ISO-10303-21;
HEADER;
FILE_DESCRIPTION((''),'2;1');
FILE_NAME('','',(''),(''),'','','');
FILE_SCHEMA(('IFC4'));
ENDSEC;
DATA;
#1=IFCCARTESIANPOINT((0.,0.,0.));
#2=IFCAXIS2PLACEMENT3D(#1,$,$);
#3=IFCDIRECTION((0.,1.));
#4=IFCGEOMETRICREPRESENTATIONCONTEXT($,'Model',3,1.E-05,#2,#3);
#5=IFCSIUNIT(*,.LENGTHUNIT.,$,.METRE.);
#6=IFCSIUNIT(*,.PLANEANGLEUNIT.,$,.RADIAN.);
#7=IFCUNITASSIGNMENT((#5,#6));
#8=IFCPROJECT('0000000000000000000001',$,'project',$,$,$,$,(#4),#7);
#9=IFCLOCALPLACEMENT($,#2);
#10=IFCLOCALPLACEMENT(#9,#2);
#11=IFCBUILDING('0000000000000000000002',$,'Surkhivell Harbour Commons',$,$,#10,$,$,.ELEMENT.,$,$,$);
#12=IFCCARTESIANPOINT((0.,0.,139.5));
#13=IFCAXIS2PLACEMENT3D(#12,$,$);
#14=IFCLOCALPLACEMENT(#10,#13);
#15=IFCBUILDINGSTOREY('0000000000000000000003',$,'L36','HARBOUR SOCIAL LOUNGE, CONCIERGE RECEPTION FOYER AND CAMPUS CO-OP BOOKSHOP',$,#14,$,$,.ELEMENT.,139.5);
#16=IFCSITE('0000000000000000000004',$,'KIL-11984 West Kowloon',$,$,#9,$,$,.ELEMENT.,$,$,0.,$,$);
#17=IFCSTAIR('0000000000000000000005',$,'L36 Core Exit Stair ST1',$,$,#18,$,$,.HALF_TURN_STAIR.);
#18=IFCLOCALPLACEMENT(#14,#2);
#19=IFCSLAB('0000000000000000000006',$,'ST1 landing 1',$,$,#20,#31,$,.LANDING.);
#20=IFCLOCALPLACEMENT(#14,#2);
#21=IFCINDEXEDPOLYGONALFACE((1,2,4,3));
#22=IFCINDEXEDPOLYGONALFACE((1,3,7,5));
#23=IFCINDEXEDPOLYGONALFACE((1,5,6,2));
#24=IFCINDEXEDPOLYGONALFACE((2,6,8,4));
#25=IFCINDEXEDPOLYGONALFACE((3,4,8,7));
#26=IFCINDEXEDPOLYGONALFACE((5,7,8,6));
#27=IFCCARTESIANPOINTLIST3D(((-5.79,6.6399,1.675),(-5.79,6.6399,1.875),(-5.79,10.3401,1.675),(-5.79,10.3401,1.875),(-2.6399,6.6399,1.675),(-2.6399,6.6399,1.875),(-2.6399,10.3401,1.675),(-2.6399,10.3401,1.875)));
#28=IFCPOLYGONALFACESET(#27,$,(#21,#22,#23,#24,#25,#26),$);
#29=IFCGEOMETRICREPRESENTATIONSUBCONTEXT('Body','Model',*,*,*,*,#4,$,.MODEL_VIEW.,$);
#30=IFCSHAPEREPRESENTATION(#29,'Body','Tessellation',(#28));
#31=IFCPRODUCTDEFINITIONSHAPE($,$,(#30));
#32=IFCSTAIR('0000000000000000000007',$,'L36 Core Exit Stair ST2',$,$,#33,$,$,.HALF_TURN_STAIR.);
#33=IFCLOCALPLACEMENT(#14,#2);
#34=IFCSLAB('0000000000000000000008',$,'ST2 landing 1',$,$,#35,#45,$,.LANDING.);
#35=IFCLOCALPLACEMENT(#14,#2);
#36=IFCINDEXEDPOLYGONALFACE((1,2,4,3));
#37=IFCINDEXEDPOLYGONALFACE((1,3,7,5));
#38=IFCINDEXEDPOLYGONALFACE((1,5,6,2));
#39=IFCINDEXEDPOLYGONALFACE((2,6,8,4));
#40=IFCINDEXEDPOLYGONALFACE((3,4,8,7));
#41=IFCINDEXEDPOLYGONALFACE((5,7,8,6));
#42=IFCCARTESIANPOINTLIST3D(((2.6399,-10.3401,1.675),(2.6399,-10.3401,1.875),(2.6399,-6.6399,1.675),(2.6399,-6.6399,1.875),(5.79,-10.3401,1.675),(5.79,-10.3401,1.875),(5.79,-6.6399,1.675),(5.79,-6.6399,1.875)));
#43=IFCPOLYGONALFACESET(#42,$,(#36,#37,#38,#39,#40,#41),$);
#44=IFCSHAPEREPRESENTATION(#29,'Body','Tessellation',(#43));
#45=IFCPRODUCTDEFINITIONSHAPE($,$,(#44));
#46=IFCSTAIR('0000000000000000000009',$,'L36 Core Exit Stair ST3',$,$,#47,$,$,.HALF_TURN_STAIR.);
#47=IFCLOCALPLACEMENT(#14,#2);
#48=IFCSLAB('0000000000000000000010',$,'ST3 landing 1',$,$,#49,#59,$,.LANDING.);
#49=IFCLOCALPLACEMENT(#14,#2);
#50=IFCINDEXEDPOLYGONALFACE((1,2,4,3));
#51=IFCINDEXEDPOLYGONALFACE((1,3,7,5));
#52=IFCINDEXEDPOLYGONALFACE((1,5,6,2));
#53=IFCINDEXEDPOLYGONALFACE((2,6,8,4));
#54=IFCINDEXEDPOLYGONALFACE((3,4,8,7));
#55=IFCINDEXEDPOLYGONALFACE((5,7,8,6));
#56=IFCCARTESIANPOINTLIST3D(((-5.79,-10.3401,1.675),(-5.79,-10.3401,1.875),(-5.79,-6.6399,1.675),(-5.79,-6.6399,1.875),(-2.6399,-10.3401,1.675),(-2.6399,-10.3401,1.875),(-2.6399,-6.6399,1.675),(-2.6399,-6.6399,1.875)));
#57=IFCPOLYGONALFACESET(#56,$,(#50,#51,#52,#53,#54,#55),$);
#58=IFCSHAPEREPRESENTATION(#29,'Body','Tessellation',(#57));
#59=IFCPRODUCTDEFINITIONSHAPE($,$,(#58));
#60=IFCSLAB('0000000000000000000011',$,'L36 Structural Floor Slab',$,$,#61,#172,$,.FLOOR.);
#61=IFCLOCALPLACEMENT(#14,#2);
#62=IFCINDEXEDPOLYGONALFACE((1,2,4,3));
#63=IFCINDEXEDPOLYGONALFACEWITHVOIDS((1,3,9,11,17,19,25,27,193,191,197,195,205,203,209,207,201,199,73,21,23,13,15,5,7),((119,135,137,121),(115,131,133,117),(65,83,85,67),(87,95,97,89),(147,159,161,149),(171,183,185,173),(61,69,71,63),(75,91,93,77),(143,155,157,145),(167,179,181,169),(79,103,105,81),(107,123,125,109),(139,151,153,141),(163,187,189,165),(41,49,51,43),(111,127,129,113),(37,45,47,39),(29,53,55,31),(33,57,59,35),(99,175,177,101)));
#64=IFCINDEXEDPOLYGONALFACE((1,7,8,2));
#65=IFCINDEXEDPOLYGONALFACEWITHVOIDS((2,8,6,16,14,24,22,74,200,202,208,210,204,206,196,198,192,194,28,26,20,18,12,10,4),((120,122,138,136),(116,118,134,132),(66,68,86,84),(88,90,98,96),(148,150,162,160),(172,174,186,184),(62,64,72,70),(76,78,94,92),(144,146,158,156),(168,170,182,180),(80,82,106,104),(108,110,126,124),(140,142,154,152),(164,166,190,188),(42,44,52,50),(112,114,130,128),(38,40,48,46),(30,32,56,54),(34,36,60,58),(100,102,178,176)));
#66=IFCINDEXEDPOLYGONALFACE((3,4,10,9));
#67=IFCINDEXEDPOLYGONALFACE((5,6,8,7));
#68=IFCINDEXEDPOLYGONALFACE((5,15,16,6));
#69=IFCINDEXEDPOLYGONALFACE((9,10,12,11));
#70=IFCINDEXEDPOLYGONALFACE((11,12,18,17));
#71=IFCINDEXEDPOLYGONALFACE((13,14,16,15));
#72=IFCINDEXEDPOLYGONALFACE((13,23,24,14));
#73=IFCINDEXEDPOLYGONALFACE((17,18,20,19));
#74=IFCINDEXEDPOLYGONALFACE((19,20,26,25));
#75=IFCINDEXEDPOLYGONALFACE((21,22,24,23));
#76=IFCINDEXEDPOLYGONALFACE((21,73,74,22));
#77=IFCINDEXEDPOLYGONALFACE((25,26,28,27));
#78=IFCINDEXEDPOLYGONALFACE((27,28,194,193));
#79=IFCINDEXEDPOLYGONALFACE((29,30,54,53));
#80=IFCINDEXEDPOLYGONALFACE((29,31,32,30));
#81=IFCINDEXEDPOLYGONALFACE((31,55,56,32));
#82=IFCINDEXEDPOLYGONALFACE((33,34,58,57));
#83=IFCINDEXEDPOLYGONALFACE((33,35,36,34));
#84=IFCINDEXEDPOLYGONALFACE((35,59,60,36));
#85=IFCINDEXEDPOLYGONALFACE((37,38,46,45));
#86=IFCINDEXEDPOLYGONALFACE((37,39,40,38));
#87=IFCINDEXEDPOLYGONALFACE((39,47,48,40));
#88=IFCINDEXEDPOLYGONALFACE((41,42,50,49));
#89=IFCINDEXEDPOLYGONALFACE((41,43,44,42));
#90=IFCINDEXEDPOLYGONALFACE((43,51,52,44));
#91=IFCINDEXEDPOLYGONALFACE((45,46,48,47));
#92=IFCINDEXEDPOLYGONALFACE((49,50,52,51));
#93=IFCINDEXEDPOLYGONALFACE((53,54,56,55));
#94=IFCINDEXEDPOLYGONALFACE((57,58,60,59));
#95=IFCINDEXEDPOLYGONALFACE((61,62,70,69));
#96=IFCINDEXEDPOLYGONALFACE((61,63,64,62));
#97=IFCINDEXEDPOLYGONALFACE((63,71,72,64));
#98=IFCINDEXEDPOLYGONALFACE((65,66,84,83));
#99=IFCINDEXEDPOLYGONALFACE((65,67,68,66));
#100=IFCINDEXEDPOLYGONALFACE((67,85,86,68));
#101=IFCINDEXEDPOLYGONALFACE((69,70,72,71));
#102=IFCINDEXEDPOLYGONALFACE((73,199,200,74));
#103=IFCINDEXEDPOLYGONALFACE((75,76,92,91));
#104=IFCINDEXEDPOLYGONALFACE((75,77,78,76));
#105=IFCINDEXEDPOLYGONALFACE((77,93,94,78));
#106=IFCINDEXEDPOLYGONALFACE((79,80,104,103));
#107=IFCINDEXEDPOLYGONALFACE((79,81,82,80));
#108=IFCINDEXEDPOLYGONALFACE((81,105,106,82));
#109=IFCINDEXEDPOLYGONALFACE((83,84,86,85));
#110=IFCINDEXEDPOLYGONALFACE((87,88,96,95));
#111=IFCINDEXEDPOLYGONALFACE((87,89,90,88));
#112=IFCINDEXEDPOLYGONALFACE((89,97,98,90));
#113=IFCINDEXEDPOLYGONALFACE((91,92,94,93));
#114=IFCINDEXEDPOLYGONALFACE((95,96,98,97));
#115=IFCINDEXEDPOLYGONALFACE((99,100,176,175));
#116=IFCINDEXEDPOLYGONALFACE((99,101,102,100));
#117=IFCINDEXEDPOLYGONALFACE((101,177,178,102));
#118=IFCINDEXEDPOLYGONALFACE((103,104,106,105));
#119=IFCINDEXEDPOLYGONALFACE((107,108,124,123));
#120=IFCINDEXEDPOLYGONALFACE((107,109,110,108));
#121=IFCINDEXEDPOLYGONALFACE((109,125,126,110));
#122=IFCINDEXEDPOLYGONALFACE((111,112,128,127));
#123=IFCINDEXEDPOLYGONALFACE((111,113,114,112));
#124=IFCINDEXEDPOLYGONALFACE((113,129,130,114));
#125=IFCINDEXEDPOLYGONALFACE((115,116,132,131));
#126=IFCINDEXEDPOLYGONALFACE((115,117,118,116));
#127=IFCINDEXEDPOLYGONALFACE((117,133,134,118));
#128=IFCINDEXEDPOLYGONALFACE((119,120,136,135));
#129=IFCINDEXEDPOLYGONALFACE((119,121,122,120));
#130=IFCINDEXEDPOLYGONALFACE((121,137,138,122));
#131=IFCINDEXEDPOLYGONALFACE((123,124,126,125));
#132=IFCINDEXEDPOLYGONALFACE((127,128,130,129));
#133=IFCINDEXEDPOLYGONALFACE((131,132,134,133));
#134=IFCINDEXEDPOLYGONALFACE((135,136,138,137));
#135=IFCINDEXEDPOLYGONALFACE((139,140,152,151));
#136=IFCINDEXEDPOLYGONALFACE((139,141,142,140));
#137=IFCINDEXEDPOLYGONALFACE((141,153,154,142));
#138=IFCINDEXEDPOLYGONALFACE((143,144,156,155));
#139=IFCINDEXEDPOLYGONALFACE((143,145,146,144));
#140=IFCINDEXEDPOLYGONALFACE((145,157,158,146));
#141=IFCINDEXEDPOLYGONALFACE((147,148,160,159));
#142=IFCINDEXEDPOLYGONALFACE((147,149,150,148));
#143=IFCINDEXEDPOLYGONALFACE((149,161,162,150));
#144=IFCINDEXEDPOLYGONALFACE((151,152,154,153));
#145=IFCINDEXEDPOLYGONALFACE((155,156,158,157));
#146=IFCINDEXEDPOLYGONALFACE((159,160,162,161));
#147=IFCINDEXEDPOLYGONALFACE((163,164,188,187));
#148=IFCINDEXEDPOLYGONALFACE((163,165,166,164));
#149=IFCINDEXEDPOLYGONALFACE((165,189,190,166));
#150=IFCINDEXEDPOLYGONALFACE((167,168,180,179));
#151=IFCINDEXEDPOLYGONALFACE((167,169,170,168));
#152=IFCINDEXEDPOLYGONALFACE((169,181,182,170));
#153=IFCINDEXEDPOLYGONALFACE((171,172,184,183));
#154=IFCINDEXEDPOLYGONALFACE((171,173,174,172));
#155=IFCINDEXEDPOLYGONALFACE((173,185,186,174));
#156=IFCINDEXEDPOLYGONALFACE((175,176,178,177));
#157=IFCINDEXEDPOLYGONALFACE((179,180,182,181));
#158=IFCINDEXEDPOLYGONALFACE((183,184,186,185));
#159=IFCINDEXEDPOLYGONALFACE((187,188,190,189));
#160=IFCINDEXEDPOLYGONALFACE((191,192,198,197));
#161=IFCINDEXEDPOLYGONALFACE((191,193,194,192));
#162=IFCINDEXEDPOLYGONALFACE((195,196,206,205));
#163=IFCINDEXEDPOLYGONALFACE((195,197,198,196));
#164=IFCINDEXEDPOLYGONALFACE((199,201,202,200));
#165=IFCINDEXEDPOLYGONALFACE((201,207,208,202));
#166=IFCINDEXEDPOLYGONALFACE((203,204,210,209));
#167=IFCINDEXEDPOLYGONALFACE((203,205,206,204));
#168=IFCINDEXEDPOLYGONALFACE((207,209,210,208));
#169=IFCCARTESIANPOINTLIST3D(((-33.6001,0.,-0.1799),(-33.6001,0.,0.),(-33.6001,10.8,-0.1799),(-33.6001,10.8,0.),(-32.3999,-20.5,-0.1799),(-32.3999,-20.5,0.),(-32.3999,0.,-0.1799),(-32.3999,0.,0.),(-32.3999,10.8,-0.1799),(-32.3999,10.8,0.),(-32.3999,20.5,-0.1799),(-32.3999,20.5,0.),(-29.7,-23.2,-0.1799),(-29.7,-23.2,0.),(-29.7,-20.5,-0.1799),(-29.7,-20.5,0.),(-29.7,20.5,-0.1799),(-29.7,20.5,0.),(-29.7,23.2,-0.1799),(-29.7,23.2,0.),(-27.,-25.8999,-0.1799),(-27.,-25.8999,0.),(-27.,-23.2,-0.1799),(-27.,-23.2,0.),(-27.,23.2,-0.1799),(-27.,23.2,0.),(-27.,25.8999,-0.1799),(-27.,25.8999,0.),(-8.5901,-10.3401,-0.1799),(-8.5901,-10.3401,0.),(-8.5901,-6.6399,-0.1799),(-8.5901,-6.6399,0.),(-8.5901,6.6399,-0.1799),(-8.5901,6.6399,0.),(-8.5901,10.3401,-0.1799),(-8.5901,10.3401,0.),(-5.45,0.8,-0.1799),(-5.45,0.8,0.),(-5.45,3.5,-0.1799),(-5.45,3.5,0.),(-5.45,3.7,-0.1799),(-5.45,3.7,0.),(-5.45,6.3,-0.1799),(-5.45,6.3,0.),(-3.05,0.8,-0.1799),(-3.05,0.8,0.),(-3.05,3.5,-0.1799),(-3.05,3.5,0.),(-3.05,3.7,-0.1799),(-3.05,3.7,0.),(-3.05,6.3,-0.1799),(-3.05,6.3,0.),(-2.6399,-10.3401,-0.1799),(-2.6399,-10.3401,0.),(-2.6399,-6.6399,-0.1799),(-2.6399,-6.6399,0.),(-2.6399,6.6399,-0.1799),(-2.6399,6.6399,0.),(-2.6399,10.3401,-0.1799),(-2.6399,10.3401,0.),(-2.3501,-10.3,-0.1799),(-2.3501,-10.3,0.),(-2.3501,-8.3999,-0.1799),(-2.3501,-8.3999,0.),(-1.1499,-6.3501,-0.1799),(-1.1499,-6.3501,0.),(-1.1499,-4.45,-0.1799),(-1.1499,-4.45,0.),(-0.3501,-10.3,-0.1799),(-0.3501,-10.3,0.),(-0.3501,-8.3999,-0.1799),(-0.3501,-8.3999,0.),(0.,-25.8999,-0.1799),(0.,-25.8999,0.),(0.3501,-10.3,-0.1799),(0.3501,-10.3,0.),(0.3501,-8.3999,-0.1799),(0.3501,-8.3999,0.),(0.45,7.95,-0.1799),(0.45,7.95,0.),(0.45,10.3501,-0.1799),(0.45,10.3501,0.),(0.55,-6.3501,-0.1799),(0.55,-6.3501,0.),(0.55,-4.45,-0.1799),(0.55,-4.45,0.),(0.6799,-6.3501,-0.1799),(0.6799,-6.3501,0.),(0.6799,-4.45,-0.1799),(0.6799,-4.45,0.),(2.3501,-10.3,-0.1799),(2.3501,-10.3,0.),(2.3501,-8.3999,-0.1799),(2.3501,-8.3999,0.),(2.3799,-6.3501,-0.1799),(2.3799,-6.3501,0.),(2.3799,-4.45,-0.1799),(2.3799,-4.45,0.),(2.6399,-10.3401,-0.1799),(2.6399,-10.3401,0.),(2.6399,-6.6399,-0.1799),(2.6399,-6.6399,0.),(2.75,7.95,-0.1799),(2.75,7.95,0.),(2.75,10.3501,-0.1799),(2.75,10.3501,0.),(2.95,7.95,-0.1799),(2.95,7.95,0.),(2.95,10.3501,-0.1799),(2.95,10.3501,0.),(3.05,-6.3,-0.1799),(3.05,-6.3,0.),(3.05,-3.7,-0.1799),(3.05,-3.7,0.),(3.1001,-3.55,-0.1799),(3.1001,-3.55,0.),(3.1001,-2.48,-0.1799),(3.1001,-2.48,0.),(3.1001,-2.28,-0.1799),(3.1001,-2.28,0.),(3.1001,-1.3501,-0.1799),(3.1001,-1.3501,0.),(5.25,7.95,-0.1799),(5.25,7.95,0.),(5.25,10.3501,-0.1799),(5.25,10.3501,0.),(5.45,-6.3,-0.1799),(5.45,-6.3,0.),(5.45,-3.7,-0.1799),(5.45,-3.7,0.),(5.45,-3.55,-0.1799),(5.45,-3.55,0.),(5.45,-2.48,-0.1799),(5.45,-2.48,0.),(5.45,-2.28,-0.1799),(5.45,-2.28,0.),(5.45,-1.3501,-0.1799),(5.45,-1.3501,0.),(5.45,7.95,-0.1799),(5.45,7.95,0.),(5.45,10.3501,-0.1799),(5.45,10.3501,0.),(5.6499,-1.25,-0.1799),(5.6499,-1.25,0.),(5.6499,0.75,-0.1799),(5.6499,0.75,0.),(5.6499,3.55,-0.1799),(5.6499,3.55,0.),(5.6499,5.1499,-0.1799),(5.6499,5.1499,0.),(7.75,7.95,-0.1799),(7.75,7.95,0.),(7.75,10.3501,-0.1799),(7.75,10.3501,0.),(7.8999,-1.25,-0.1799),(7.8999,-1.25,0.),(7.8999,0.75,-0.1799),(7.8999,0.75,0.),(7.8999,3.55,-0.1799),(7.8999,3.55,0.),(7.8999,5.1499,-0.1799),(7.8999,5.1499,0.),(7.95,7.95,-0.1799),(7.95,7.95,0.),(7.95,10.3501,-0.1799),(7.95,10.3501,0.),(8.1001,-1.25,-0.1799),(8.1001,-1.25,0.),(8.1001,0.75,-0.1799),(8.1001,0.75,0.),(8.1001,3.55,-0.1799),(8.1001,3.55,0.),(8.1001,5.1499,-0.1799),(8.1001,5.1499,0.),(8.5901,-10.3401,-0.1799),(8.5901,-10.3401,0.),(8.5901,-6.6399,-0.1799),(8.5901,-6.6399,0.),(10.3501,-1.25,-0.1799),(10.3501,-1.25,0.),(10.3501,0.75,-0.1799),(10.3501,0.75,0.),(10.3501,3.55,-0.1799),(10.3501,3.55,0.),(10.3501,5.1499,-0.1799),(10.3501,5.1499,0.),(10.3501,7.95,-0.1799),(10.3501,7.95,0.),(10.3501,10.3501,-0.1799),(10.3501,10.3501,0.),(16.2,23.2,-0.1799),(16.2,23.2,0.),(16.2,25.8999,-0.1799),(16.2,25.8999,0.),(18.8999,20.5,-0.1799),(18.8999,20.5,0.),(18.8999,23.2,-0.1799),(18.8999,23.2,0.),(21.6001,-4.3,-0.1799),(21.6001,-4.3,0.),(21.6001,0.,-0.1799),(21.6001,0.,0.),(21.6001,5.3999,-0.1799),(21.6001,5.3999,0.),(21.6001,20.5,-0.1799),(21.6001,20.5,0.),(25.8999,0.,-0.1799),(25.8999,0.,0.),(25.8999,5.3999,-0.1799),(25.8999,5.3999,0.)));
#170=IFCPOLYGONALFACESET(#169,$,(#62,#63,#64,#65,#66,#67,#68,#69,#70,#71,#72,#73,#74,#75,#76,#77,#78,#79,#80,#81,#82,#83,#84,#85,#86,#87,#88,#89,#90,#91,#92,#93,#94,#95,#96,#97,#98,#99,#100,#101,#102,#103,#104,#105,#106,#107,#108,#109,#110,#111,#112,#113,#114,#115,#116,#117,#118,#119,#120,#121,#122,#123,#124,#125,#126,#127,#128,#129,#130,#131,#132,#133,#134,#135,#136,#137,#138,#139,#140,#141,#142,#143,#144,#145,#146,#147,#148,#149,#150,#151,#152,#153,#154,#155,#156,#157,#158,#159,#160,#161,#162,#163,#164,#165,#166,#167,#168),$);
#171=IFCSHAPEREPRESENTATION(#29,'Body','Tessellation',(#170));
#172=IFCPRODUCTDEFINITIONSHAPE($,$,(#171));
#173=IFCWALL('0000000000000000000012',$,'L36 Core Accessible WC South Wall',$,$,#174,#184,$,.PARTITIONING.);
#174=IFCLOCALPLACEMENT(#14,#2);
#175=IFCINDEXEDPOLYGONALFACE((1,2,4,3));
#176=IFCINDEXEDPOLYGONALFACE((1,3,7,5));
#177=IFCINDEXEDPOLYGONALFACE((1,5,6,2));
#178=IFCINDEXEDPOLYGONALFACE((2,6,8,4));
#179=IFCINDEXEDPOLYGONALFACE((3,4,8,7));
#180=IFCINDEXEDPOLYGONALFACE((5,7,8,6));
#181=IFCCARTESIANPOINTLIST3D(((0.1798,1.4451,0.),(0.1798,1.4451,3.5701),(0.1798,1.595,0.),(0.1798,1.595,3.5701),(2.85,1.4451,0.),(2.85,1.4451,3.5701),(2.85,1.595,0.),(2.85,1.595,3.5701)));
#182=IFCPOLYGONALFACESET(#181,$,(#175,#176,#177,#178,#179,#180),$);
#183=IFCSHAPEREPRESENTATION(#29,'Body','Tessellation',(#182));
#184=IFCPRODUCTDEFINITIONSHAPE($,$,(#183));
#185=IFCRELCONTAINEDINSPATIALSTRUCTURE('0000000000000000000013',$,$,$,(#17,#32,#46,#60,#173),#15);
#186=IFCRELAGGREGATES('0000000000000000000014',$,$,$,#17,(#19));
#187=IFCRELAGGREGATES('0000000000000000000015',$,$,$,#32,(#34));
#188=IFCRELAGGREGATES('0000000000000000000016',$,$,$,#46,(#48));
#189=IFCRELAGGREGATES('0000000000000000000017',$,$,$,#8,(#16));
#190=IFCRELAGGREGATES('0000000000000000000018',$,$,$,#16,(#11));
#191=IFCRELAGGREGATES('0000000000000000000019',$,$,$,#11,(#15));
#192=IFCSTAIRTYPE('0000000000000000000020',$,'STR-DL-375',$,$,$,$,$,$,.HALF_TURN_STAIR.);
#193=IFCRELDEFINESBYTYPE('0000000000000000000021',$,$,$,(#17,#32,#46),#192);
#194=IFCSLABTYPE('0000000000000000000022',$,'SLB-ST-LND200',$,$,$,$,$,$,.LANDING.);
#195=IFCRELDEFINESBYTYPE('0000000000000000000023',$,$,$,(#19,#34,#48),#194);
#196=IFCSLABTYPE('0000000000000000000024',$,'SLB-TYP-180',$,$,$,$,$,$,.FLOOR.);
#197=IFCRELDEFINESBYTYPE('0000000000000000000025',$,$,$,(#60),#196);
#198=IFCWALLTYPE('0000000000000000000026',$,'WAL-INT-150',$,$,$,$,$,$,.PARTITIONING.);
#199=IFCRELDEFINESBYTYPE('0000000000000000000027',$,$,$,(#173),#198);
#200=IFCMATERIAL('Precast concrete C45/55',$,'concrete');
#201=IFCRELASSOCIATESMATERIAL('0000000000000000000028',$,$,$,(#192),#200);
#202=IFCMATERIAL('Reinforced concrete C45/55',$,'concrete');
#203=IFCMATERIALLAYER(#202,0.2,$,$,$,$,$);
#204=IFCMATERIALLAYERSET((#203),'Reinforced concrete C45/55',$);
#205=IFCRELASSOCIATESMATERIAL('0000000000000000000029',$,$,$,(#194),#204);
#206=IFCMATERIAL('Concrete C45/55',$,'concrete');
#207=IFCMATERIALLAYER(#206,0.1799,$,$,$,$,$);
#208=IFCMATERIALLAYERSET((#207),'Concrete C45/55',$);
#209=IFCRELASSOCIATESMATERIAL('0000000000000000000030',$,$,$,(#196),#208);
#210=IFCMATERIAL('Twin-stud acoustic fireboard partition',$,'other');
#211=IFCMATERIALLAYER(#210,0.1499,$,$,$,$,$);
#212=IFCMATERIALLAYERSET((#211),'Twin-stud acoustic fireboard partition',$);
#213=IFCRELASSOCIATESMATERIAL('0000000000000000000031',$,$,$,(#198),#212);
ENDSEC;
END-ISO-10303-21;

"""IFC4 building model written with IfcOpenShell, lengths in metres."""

from ifc_helpers import new_model, si_unit, direction, frame, frame_2d, origin, place, context, subcontext, project, spatial, polyline, rectangle, outline, extrude, material, layer, layer_set, type_object, element, aggregate, save


model = new_model("IFC4")

# Units and contexts
model_context = context("Model", 3, precision=1e-05, world=origin(), true_north=direction((0.0, 1.0)))
body_context = subcontext(model_context, "Body", "Model", "MODEL_VIEW")
ifc_project = project(units=[si_unit("LENGTHUNIT", "METRE"), si_unit("PLANEANGLEUNIT", "RADIAN")], contexts=[model_context])

# Site, building, storey
site_placement = place(None, origin())
site = spatial("IfcSite", under=ifc_project, at=site_placement, Name="KIL-11984 West Kowloon", CompositionType="ELEMENT", RefElevation=0.0)
building_placement = place(site_placement, origin())
building = spatial("IfcBuilding", under=site, at=building_placement, Name="Surkhivell Harbour Commons", CompositionType="ELEMENT")
storey_placement = place(building_placement, frame((0.0, 0.0, 139.5)))
storey = spatial("IfcBuildingStorey", under=building, at=storey_placement, Name="L36", Description="HARBOUR SOCIAL LOUNGE, CONCIERGE RECEPTION FOYER AND CAMPUS CO-OP BOOKSHOP", CompositionType="ELEMENT", Elevation=139.5)

# Stairs, slabs
ifc_material_1 = material(Name="Precast concrete C45/55", Category="concrete")
stair_type = type_object("IfcStairType", Name="STR-DL-375", PredefinedType="HALF_TURN_STAIR", material=ifc_material_1)
stair_1_placement = place(storey_placement, origin())
stair_1 = element("IfcStair", 1, at=stair_1_placement, inside=storey, type_object=stair_type, Name="L36 Core Exit Stair ST1", PredefinedType="HALF_TURN_STAIR")
ifc_material_2 = material(Name="Reinforced concrete C45/55", Category="concrete")
ifc_layer_1 = layer(ifc_material_2, 0.2)
ifc_layer_set_1 = layer_set([ifc_layer_1], Name="Reinforced concrete C45/55")
slab_type_1 = type_object("IfcSlabType", Name="SLB-ST-LND200", PredefinedType="LANDING", material=ifc_layer_set_1)
slab_1_placement = place(storey_placement, frame((0.0, 0.0, 1.675)))
slab_1 = element("IfcSlab", 2, at=slab_1_placement, type_object=slab_type_1, Name="ST1 landing 1", PredefinedType="LANDING", context=body_context, shape_type="SweptSolid", body=[
    extrude(outline(polyline([(-5.79, 6.6399), (-2.6399, 6.6399), (-2.6399, 10.3401), (-5.79, 10.3401), (-5.79, 6.6399)])), origin(), (0.0, 0.0, 1.0), 0.2),
])
aggregate(stair_1, [slab_1])
stair_2_placement = place(storey_placement, origin())
stair_2 = element("IfcStair", 3, at=stair_2_placement, inside=storey, type_object=stair_type, Name="L36 Core Exit Stair ST2", PredefinedType="HALF_TURN_STAIR")
slab_2_placement = place(storey_placement, frame((0.0, 0.0, 1.675)))
slab_2 = element("IfcSlab", 4, at=slab_2_placement, type_object=slab_type_1, Name="ST2 landing 1", PredefinedType="LANDING", context=body_context, shape_type="SweptSolid", body=[
    extrude(outline(polyline([(5.79, -6.6399), (2.6399, -6.6399), (2.6399, -10.3401), (5.79, -10.3401), (5.79, -6.6399)])), origin(), (0.0, 0.0, 1.0), 0.2),
])
aggregate(stair_2, [slab_2])
stair_3_placement = place(storey_placement, origin())
stair_3 = element("IfcStair", 5, at=stair_3_placement, inside=storey, type_object=stair_type, Name="L36 Core Exit Stair ST3", PredefinedType="HALF_TURN_STAIR")
slab_3_placement = place(storey_placement, frame((0.0, 0.0, 1.675)))
slab_3 = element("IfcSlab", 6, at=slab_3_placement, type_object=slab_type_1, Name="ST3 landing 1", PredefinedType="LANDING", context=body_context, shape_type="SweptSolid", body=[
    extrude(outline(polyline([(-5.79, -10.3401), (-2.6399, -10.3401), (-2.6399, -6.6399), (-5.79, -6.6399), (-5.79, -10.3401)])), origin(), (0.0, 0.0, 1.0), 0.2),
])
aggregate(stair_3, [slab_3])

# Slab
ifc_material_3 = material(Name="Concrete C45/55", Category="concrete")
ifc_layer_2 = layer(ifc_material_3, 0.1799)
ifc_layer_set_2 = layer_set([ifc_layer_2], Name="Concrete C45/55")
slab_type_2 = type_object("IfcSlabType", Name="SLB-TYP-180", PredefinedType="FLOOR", material=ifc_layer_set_2)
slab_4_placement = place(storey_placement, frame((0.0, 0.0, -0.1799)))
element("IfcSlab", 7, at=slab_4_placement, inside=storey, type_object=slab_type_2, Name="L36 Structural Floor Slab", PredefinedType="FLOOR", context=body_context, shape_type="SweptSolid", body=[
    extrude(outline(polyline([(-32.3999, 20.5), (-32.3999, 10.8), (-33.6001, 10.8), (-33.6001, 0.0), (-32.3999, 0.0), (-32.3999, -20.5), (-29.7, -20.5), (-29.7, -23.2), (-27.0, -23.2), (-27.0, -25.8999), (0.0, -25.8999), (21.6001, -4.3), (21.6001, 0.0), (25.8999, 0.0), (25.8999, 5.3999), (21.6001, 5.3999), (21.6001, 20.5), (18.8999, 20.5), (18.8999, 23.2), (16.2, 23.2), (16.2, 25.8999), (-27.0, 25.8999), (-27.0, 23.2), (-29.7, 23.2), (-29.7, 20.5), (-32.3999, 20.5)]), holes=[polyline([(-8.5901, 6.6399), (-2.6399, 6.6399), (-2.6399, 10.3401), (-8.5901, 10.3401), (-8.5901, 6.6399)]), polyline([(8.5901, -6.6399), (2.6399, -6.6399), (2.6399, -10.3401), (8.5901, -10.3401), (8.5901, -6.6399)]), polyline([(-8.5901, -10.3401), (-2.6399, -10.3401), (-2.6399, -6.6399), (-8.5901, -6.6399), (-8.5901, -10.3401)]), polyline([(0.45, 7.95), (2.75, 7.95), (2.75, 10.3501), (0.45, 10.3501), (0.45, 7.95)]), polyline([(2.95, 7.95), (5.25, 7.95), (5.25, 10.3501), (2.95, 10.3501), (2.95, 7.95)]), polyline([(5.45, 7.95), (7.75, 7.95), (7.75, 10.3501), (5.45, 10.3501), (5.45, 7.95)]), polyline([(7.95, 7.95), (10.3501, 7.95), (10.3501, 10.3501), (7.95, 10.3501), (7.95, 7.95)]), polyline([(5.6499, 3.55), (7.8999, 3.55), (7.8999, 5.1499), (5.6499, 5.1499), (5.6499, 3.55)]), polyline([(8.1001, 3.55), (10.3501, 3.55), (10.3501, 5.1499), (8.1001, 5.1499), (8.1001, 3.55)]), polyline([(5.6499, -1.25), (7.8999, -1.25), (7.8999, 0.75), (5.6499, 0.75), (5.6499, -1.25)]), polyline([(8.1001, -1.25), (10.3501, -1.25), (10.3501, 0.75), (8.1001, 0.75), (8.1001, -1.25)]), polyline([(-1.1499, -6.3501), (0.55, -6.3501), (0.55, -4.45), (-1.1499, -4.45), (-1.1499, -6.3501)]), polyline([(0.6799, -6.3501), (2.3799, -6.3501), (2.3799, -4.45), (0.6799, -4.45), (0.6799, -6.3501)]), polyline([(-2.3501, -10.3), (-0.3501, -10.3), (-0.3501, -8.3999), (-2.3501, -8.3999), (-2.3501, -10.3)]), polyline([(0.3501, -10.3), (2.3501, -10.3), (2.3501, -8.3999), (0.3501, -8.3999), (0.3501, -10.3)]), polyline([(-5.45, 3.7), (-3.05, 3.7), (-3.05, 6.3), (-5.45, 6.3), (-5.45, 3.7)]), polyline([(3.05, -6.3), (5.45, -6.3), (5.45, -3.7), (3.05, -3.7), (3.05, -6.3)]), polyline([(-5.45, 0.8), (-3.05, 0.8), (-3.05, 3.5), (-5.45, 3.5), (-5.45, 0.8)]), polyline([(3.1001, -3.55), (5.45, -3.55), (5.45, -2.48), (3.1001, -2.48), (3.1001, -3.55)]), polyline([(3.1001, -2.28), (5.45, -2.28), (5.45, -1.3501), (3.1001, -1.3501), (3.1001, -2.28)])]), origin(), (0.0, 0.0, 1.0), 0.1799),
])

# Wall
ifc_material_4 = material(Name="Twin-stud acoustic fireboard partition", Category="other")
ifc_layer_3 = layer(ifc_material_4, 0.1499)
ifc_layer_set_3 = layer_set([ifc_layer_3], Name="Twin-stud acoustic fireboard partition")
wall_type_1 = type_object("IfcWallType", Name="WAL-INT-150", PredefinedType="PARTITIONING", material=ifc_layer_set_3)
wall_1_placement = place(storey_placement, frame((0.1799, 1.52, 0.0), z_axis=(0.0, 0.0, 1.0), x_axis=(1.0, 0.0, 0.0)))
element("IfcWall", 8, at=wall_1_placement, inside=storey, type_object=wall_type_1, Name="L36 Core Accessible WC South Wall", PredefinedType="PARTITIONING", context=body_context, shape_type="SweptSolid", body=[
    extrude(rectangle(XDim=2.6702, YDim=0.1499, at=frame_2d((1.335, 0.0))), origin(), (0.0, 0.0, 1.0), 3.5701),
])

save(model, "model.ifc")
